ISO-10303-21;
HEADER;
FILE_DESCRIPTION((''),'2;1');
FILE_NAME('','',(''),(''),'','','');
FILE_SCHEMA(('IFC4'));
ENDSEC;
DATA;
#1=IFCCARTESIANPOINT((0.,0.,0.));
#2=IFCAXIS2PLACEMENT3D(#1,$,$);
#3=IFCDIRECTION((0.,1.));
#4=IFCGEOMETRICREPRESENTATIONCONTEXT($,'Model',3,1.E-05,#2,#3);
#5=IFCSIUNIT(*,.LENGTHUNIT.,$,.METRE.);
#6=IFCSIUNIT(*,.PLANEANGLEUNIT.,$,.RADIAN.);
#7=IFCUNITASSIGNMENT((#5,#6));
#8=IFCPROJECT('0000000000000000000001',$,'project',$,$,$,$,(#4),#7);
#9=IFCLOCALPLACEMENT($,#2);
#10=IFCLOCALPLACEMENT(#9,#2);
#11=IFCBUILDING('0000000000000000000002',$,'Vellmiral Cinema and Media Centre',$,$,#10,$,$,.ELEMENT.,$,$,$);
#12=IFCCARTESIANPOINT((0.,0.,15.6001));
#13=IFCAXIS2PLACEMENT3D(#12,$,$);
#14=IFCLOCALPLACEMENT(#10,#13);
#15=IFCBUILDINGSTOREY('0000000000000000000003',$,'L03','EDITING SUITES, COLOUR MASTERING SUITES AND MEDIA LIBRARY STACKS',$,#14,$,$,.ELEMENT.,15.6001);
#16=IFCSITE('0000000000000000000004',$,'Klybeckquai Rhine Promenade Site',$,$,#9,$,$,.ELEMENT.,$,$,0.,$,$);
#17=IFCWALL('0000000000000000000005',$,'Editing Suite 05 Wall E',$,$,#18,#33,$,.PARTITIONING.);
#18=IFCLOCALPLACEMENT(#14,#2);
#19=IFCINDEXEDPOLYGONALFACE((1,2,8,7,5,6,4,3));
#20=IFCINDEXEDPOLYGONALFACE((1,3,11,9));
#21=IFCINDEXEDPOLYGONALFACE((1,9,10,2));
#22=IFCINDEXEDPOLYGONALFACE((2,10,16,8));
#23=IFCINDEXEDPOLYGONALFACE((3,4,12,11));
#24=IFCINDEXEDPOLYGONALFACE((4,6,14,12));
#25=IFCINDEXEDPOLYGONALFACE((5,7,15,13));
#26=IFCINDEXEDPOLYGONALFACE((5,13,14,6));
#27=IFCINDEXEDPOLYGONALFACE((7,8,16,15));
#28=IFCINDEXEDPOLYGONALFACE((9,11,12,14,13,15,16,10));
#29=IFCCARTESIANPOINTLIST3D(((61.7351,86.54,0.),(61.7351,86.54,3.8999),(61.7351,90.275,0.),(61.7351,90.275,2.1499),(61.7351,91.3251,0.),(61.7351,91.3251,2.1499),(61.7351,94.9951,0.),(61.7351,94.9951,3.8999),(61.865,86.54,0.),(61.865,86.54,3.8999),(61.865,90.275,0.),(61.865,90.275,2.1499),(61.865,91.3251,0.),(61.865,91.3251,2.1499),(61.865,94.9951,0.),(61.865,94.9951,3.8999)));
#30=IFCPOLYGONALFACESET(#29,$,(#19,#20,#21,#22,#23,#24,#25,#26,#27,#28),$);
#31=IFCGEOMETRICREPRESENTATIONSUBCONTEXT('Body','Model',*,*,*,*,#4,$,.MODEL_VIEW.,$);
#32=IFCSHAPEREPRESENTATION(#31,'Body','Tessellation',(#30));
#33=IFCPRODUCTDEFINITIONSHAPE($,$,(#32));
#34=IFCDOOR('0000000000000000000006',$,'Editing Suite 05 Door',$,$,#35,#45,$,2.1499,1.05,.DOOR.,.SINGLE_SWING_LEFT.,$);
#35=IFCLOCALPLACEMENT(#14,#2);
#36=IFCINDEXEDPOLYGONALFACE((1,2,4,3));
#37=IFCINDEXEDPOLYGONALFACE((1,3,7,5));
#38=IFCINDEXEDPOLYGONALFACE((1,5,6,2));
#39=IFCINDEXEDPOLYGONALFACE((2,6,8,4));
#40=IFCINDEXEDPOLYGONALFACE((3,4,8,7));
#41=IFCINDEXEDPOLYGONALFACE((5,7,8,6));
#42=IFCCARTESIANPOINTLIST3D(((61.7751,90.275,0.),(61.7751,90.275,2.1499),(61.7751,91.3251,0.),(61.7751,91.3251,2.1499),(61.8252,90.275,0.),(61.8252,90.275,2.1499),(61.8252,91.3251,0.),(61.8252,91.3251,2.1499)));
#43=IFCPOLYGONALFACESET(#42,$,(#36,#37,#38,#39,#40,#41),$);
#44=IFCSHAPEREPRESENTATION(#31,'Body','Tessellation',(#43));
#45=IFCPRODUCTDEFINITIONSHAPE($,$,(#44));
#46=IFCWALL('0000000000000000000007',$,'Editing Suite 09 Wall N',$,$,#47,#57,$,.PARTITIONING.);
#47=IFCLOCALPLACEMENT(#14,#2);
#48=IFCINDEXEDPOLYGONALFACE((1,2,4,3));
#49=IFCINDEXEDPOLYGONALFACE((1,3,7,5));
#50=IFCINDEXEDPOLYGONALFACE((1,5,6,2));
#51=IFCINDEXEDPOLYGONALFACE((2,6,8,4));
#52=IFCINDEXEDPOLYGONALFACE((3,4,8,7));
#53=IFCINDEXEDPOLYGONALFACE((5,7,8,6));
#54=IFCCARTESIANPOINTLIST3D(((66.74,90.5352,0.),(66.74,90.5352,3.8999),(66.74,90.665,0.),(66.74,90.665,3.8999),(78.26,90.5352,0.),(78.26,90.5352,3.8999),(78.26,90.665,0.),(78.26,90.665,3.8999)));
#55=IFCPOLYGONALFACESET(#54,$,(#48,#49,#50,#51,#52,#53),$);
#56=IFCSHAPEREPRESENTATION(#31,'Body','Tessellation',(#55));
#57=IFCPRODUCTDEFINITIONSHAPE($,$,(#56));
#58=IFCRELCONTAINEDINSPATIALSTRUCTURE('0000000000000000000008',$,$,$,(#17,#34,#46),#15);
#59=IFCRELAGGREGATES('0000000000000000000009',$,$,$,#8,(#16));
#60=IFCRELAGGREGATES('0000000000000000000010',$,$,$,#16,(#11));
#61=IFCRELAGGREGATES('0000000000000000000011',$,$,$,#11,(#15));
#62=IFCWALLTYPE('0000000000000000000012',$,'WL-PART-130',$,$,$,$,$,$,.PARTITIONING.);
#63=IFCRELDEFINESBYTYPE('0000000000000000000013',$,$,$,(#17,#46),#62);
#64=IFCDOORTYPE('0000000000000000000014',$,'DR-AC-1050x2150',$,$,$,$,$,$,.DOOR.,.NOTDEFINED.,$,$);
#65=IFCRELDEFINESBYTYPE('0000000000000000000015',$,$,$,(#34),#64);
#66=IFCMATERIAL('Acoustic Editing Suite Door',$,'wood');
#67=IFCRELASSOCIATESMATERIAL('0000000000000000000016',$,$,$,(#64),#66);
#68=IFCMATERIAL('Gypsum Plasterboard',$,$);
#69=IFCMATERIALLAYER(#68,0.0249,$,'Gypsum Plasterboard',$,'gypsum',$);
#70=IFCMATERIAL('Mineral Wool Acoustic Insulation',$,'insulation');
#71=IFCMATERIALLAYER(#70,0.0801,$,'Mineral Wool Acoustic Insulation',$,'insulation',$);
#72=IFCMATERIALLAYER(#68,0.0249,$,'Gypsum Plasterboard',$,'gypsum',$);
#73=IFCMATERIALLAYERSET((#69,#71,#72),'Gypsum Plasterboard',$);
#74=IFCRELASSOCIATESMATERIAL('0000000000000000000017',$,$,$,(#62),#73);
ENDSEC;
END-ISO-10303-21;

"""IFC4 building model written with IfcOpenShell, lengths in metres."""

from ifc_helpers import new_model, si_unit, direction, frame, frame_2d, origin, place, context, subcontext, project, spatial, rectangle, extrude, material, layer, layer_set, type_object, element, fill, save


model = new_model("IFC4")

# Units and contexts
model_context = context("Model", 3, precision=1e-05, world=origin(), true_north=direction((0.0, 1.0)))
body_context = subcontext(model_context, "Body", "Model", "MODEL_VIEW")
ifc_project = project(units=[si_unit("LENGTHUNIT", "METRE"), si_unit("PLANEANGLEUNIT", "RADIAN")], contexts=[model_context])

# Site, building, storey
site_placement = place(None, origin())
site = spatial("IfcSite", under=ifc_project, at=site_placement, Name="Klybeckquai Rhine Promenade Site", CompositionType="ELEMENT", RefElevation=0.0)
building_placement = place(site_placement, origin())
building = spatial("IfcBuilding", under=site, at=building_placement, Name="Vellmiral Cinema and Media Centre", CompositionType="ELEMENT")
storey_placement = place(building_placement, frame((0.0, 0.0, 15.6001)))
storey = spatial("IfcBuildingStorey", under=building, at=storey_placement, Name="L03", Description="EDITING SUITES, COLOUR MASTERING SUITES AND MEDIA LIBRARY STACKS", CompositionType="ELEMENT", Elevation=15.6001)

# Wall, opening, door
ifc_material_1 = material(Name="Acoustic Editing Suite Door", Category="wood")
door_type = type_object("IfcDoorType", Name="DR-AC-1050x2150", OperationType="NOTDEFINED", PredefinedType="DOOR", material=ifc_material_1)
ifc_material_2 = material(Name="Gypsum Plasterboard")
ifc_layer_1 = layer(ifc_material_2, 0.0249, Name="Gypsum Plasterboard", Category="gypsum")
ifc_material_3 = material(Name="Mineral Wool Acoustic Insulation", Category="insulation")
ifc_layer_2 = layer(ifc_material_3, 0.0801, Name="Mineral Wool Acoustic Insulation", Category="insulation")
ifc_layer_3 = layer(ifc_material_2, 0.0249, Name="Gypsum Plasterboard", Category="gypsum")
ifc_layer_set_1 = layer_set([ifc_layer_1, ifc_layer_2, ifc_layer_3], Name="Gypsum Plasterboard")
wall_type_1 = type_object("IfcWallType", Name="WL-PART-130", PredefinedType="PARTITIONING", material=ifc_layer_set_1)
wall_1_placement = place(storey_placement, frame((61.8, 86.54, 0.0), z_axis=(0.0, 0.0, 1.0), x_axis=(0.0, 1.0, 0.0)))
wall_1 = element("IfcWall", 1, at=wall_1_placement, inside=storey, type_object=wall_type_1, Name="Editing Suite 05 Wall E", PredefinedType="PARTITIONING", context=body_context, shape_type="SweptSolid", body=[
    extrude(rectangle(XDim=8.4551, YDim=0.1299, at=frame_2d((4.2275, 0.0))), origin(), (0.0, 0.0, 1.0), 3.8999),
])
opening_1_placement = place(wall_1_placement, frame((3.7351, 0.0, 0.0)))
opening_1 = element("IfcOpeningElement", 2, at=opening_1_placement, cuts=wall_1, PredefinedType="OPENING", context=body_context, shape_type="SweptSolid", body=[
    extrude(rectangle(XDim=1.05, YDim=2.1499, at=frame_2d((0.5249, 1.075))), frame((0.0, 0.0769, 0.0), z_axis=(0.0, -1.0, 0.0), x_axis=(1.0, 0.0, 0.0)), (0.0, 0.0, 1.0), 0.1538),
])
door_1_placement = place(opening_1_placement, origin())
door_1 = element("IfcDoor", 3, at=door_1_placement, inside=storey, type_object=door_type, Name="Editing Suite 05 Door", OperationType="SINGLE_SWING_LEFT", OverallHeight=2.1499, OverallWidth=1.05, PredefinedType="DOOR", context=body_context, shape_type="SweptSolid", body=[
    extrude(rectangle(XDim=1.05, YDim=2.1499, at=frame_2d((0.5249, 1.075))), frame((0.0, 0.0249, 0.0), z_axis=(0.0, -1.0, 0.0), x_axis=(1.0, 0.0, 0.0)), (0.0, 0.0, 1.0), 0.05),
])
fill(opening_1, door_1)

# Wall
wall_2_placement = place(storey_placement, frame((66.74, 90.6001, 0.0), z_axis=(0.0, 0.0, 1.0), x_axis=(1.0, 0.0, 0.0)))
element("IfcWall", 4, at=wall_2_placement, inside=storey, type_object=wall_type_1, Name="Editing Suite 09 Wall N", PredefinedType="PARTITIONING", context=body_context, shape_type="SweptSolid", body=[
    extrude(rectangle(XDim=11.52, YDim=0.1299, at=frame_2d((5.76, 0.0))), origin(), (0.0, 0.0, 1.0), 3.8999),
])

save(model, "model.ifc")
